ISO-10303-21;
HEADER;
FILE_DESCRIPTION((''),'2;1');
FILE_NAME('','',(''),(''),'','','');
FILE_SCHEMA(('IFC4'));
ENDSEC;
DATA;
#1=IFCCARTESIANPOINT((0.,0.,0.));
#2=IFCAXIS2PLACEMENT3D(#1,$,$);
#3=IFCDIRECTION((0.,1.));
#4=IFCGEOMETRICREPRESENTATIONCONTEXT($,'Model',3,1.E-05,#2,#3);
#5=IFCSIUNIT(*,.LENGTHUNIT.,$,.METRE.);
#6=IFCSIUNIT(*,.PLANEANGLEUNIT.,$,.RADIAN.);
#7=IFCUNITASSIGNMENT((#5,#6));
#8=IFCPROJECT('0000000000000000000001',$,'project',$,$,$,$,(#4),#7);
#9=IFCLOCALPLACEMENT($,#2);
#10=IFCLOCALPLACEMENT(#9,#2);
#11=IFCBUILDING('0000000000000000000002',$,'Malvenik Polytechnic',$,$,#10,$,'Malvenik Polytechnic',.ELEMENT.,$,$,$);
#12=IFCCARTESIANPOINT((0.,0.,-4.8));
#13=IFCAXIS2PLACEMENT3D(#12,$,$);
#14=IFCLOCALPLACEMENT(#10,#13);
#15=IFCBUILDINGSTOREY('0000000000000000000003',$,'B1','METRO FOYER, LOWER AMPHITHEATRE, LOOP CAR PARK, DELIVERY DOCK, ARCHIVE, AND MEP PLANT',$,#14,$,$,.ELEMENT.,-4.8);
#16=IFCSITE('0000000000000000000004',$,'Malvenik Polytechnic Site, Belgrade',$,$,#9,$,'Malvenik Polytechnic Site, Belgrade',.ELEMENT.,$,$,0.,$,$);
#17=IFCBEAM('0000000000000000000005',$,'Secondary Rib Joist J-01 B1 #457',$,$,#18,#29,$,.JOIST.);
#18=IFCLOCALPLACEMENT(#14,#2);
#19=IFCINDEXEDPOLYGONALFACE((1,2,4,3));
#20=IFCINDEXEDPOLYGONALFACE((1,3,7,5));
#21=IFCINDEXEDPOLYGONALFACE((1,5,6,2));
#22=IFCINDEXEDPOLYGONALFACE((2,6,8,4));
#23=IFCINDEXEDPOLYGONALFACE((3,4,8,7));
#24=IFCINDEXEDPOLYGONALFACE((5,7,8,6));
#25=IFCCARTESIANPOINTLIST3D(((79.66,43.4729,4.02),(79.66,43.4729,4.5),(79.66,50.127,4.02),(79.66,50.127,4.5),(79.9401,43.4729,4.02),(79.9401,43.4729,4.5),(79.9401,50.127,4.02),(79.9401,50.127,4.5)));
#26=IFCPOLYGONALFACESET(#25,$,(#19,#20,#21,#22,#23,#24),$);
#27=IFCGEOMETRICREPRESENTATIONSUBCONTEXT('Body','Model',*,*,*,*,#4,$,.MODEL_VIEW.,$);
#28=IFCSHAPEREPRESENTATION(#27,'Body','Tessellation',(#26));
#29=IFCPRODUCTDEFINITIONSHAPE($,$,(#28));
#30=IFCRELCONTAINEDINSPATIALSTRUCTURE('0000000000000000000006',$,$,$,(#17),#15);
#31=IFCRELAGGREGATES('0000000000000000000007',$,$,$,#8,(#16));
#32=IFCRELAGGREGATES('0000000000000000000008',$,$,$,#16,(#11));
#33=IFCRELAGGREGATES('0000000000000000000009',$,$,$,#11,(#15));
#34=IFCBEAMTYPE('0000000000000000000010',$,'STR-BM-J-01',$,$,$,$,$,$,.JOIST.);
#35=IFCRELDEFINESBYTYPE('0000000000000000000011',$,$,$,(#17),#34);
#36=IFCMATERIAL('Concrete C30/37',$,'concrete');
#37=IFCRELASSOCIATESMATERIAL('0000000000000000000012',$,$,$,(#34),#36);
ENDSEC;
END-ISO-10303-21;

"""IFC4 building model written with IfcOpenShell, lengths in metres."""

from ifc_helpers import new_model, si_unit, direction, frame, origin, origin_2d, place, context, subcontext, project, spatial, rectangle, extrude, material, material_profile, profile_set, type_object, element, save


model = new_model("IFC4")

# Units and contexts
model_context = context("Model", 3, precision=1e-05, world=origin(), true_north=direction((0.0, 1.0)))
body_context = subcontext(model_context, "Body", "Model", "MODEL_VIEW")
ifc_project = project(units=[si_unit("LENGTHUNIT", "METRE"), si_unit("PLANEANGLEUNIT", "RADIAN")], contexts=[model_context])

# Site, building, storey
site_placement = place(None, origin())
site = spatial("IfcSite", under=ifc_project, at=site_placement, Name="Malvenik Polytechnic Site, Belgrade", LongName="Malvenik Polytechnic Site, Belgrade", CompositionType="ELEMENT", RefElevation=0.0)
building_placement = place(site_placement, origin())
building = spatial("IfcBuilding", under=site, at=building_placement, Name="Malvenik Polytechnic", LongName="Malvenik Polytechnic", CompositionType="ELEMENT")
storey_placement = place(building_placement, frame((0.0, 0.0, -4.8)))
storey = spatial("IfcBuildingStorey", under=building, at=storey_placement, Name="B1", Description="METRO FOYER, LOWER AMPHITHEATRE, LOOP CAR PARK, DELIVERY DOCK, ARCHIVE, AND MEP PLANT", CompositionType="ELEMENT", Elevation=-4.8)

# Beam
ifc_material_1 = material(Name="Concrete C30/37", Category="concrete")
ifc_material_profile_1 = material_profile(ifc_material_1, rectangle(XDim=0.28, YDim=0.48, at=origin_2d()), Name="RC JST 280x480")
ifc_profile_set_1 = profile_set([ifc_material_profile_1], Name="Concrete C30/37")
beam_type_1 = type_object("IfcBeamType", Name="STR-BM-J-01", PredefinedType="JOIST", material=ifc_profile_set_1)
beam_1_placement = place(storey_placement, frame((79.8, 43.4729, 4.26), z_axis=(0.0, 1.0, 0.0), x_axis=(-1.0, 0.0, 0.0)))
element("IfcBeam", 1, at=beam_1_placement, inside=storey, type_object=beam_type_1, Name="Secondary Rib Joist J-01 B1 #457", PredefinedType="JOIST", context=body_context, shape_type="SweptSolid", body=[
    extrude(rectangle(XDim=0.28, YDim=0.48, at=origin_2d()), origin(), (0.0, 0.0, 1.0), 6.6541),
])

save(model, "model.ifc")
